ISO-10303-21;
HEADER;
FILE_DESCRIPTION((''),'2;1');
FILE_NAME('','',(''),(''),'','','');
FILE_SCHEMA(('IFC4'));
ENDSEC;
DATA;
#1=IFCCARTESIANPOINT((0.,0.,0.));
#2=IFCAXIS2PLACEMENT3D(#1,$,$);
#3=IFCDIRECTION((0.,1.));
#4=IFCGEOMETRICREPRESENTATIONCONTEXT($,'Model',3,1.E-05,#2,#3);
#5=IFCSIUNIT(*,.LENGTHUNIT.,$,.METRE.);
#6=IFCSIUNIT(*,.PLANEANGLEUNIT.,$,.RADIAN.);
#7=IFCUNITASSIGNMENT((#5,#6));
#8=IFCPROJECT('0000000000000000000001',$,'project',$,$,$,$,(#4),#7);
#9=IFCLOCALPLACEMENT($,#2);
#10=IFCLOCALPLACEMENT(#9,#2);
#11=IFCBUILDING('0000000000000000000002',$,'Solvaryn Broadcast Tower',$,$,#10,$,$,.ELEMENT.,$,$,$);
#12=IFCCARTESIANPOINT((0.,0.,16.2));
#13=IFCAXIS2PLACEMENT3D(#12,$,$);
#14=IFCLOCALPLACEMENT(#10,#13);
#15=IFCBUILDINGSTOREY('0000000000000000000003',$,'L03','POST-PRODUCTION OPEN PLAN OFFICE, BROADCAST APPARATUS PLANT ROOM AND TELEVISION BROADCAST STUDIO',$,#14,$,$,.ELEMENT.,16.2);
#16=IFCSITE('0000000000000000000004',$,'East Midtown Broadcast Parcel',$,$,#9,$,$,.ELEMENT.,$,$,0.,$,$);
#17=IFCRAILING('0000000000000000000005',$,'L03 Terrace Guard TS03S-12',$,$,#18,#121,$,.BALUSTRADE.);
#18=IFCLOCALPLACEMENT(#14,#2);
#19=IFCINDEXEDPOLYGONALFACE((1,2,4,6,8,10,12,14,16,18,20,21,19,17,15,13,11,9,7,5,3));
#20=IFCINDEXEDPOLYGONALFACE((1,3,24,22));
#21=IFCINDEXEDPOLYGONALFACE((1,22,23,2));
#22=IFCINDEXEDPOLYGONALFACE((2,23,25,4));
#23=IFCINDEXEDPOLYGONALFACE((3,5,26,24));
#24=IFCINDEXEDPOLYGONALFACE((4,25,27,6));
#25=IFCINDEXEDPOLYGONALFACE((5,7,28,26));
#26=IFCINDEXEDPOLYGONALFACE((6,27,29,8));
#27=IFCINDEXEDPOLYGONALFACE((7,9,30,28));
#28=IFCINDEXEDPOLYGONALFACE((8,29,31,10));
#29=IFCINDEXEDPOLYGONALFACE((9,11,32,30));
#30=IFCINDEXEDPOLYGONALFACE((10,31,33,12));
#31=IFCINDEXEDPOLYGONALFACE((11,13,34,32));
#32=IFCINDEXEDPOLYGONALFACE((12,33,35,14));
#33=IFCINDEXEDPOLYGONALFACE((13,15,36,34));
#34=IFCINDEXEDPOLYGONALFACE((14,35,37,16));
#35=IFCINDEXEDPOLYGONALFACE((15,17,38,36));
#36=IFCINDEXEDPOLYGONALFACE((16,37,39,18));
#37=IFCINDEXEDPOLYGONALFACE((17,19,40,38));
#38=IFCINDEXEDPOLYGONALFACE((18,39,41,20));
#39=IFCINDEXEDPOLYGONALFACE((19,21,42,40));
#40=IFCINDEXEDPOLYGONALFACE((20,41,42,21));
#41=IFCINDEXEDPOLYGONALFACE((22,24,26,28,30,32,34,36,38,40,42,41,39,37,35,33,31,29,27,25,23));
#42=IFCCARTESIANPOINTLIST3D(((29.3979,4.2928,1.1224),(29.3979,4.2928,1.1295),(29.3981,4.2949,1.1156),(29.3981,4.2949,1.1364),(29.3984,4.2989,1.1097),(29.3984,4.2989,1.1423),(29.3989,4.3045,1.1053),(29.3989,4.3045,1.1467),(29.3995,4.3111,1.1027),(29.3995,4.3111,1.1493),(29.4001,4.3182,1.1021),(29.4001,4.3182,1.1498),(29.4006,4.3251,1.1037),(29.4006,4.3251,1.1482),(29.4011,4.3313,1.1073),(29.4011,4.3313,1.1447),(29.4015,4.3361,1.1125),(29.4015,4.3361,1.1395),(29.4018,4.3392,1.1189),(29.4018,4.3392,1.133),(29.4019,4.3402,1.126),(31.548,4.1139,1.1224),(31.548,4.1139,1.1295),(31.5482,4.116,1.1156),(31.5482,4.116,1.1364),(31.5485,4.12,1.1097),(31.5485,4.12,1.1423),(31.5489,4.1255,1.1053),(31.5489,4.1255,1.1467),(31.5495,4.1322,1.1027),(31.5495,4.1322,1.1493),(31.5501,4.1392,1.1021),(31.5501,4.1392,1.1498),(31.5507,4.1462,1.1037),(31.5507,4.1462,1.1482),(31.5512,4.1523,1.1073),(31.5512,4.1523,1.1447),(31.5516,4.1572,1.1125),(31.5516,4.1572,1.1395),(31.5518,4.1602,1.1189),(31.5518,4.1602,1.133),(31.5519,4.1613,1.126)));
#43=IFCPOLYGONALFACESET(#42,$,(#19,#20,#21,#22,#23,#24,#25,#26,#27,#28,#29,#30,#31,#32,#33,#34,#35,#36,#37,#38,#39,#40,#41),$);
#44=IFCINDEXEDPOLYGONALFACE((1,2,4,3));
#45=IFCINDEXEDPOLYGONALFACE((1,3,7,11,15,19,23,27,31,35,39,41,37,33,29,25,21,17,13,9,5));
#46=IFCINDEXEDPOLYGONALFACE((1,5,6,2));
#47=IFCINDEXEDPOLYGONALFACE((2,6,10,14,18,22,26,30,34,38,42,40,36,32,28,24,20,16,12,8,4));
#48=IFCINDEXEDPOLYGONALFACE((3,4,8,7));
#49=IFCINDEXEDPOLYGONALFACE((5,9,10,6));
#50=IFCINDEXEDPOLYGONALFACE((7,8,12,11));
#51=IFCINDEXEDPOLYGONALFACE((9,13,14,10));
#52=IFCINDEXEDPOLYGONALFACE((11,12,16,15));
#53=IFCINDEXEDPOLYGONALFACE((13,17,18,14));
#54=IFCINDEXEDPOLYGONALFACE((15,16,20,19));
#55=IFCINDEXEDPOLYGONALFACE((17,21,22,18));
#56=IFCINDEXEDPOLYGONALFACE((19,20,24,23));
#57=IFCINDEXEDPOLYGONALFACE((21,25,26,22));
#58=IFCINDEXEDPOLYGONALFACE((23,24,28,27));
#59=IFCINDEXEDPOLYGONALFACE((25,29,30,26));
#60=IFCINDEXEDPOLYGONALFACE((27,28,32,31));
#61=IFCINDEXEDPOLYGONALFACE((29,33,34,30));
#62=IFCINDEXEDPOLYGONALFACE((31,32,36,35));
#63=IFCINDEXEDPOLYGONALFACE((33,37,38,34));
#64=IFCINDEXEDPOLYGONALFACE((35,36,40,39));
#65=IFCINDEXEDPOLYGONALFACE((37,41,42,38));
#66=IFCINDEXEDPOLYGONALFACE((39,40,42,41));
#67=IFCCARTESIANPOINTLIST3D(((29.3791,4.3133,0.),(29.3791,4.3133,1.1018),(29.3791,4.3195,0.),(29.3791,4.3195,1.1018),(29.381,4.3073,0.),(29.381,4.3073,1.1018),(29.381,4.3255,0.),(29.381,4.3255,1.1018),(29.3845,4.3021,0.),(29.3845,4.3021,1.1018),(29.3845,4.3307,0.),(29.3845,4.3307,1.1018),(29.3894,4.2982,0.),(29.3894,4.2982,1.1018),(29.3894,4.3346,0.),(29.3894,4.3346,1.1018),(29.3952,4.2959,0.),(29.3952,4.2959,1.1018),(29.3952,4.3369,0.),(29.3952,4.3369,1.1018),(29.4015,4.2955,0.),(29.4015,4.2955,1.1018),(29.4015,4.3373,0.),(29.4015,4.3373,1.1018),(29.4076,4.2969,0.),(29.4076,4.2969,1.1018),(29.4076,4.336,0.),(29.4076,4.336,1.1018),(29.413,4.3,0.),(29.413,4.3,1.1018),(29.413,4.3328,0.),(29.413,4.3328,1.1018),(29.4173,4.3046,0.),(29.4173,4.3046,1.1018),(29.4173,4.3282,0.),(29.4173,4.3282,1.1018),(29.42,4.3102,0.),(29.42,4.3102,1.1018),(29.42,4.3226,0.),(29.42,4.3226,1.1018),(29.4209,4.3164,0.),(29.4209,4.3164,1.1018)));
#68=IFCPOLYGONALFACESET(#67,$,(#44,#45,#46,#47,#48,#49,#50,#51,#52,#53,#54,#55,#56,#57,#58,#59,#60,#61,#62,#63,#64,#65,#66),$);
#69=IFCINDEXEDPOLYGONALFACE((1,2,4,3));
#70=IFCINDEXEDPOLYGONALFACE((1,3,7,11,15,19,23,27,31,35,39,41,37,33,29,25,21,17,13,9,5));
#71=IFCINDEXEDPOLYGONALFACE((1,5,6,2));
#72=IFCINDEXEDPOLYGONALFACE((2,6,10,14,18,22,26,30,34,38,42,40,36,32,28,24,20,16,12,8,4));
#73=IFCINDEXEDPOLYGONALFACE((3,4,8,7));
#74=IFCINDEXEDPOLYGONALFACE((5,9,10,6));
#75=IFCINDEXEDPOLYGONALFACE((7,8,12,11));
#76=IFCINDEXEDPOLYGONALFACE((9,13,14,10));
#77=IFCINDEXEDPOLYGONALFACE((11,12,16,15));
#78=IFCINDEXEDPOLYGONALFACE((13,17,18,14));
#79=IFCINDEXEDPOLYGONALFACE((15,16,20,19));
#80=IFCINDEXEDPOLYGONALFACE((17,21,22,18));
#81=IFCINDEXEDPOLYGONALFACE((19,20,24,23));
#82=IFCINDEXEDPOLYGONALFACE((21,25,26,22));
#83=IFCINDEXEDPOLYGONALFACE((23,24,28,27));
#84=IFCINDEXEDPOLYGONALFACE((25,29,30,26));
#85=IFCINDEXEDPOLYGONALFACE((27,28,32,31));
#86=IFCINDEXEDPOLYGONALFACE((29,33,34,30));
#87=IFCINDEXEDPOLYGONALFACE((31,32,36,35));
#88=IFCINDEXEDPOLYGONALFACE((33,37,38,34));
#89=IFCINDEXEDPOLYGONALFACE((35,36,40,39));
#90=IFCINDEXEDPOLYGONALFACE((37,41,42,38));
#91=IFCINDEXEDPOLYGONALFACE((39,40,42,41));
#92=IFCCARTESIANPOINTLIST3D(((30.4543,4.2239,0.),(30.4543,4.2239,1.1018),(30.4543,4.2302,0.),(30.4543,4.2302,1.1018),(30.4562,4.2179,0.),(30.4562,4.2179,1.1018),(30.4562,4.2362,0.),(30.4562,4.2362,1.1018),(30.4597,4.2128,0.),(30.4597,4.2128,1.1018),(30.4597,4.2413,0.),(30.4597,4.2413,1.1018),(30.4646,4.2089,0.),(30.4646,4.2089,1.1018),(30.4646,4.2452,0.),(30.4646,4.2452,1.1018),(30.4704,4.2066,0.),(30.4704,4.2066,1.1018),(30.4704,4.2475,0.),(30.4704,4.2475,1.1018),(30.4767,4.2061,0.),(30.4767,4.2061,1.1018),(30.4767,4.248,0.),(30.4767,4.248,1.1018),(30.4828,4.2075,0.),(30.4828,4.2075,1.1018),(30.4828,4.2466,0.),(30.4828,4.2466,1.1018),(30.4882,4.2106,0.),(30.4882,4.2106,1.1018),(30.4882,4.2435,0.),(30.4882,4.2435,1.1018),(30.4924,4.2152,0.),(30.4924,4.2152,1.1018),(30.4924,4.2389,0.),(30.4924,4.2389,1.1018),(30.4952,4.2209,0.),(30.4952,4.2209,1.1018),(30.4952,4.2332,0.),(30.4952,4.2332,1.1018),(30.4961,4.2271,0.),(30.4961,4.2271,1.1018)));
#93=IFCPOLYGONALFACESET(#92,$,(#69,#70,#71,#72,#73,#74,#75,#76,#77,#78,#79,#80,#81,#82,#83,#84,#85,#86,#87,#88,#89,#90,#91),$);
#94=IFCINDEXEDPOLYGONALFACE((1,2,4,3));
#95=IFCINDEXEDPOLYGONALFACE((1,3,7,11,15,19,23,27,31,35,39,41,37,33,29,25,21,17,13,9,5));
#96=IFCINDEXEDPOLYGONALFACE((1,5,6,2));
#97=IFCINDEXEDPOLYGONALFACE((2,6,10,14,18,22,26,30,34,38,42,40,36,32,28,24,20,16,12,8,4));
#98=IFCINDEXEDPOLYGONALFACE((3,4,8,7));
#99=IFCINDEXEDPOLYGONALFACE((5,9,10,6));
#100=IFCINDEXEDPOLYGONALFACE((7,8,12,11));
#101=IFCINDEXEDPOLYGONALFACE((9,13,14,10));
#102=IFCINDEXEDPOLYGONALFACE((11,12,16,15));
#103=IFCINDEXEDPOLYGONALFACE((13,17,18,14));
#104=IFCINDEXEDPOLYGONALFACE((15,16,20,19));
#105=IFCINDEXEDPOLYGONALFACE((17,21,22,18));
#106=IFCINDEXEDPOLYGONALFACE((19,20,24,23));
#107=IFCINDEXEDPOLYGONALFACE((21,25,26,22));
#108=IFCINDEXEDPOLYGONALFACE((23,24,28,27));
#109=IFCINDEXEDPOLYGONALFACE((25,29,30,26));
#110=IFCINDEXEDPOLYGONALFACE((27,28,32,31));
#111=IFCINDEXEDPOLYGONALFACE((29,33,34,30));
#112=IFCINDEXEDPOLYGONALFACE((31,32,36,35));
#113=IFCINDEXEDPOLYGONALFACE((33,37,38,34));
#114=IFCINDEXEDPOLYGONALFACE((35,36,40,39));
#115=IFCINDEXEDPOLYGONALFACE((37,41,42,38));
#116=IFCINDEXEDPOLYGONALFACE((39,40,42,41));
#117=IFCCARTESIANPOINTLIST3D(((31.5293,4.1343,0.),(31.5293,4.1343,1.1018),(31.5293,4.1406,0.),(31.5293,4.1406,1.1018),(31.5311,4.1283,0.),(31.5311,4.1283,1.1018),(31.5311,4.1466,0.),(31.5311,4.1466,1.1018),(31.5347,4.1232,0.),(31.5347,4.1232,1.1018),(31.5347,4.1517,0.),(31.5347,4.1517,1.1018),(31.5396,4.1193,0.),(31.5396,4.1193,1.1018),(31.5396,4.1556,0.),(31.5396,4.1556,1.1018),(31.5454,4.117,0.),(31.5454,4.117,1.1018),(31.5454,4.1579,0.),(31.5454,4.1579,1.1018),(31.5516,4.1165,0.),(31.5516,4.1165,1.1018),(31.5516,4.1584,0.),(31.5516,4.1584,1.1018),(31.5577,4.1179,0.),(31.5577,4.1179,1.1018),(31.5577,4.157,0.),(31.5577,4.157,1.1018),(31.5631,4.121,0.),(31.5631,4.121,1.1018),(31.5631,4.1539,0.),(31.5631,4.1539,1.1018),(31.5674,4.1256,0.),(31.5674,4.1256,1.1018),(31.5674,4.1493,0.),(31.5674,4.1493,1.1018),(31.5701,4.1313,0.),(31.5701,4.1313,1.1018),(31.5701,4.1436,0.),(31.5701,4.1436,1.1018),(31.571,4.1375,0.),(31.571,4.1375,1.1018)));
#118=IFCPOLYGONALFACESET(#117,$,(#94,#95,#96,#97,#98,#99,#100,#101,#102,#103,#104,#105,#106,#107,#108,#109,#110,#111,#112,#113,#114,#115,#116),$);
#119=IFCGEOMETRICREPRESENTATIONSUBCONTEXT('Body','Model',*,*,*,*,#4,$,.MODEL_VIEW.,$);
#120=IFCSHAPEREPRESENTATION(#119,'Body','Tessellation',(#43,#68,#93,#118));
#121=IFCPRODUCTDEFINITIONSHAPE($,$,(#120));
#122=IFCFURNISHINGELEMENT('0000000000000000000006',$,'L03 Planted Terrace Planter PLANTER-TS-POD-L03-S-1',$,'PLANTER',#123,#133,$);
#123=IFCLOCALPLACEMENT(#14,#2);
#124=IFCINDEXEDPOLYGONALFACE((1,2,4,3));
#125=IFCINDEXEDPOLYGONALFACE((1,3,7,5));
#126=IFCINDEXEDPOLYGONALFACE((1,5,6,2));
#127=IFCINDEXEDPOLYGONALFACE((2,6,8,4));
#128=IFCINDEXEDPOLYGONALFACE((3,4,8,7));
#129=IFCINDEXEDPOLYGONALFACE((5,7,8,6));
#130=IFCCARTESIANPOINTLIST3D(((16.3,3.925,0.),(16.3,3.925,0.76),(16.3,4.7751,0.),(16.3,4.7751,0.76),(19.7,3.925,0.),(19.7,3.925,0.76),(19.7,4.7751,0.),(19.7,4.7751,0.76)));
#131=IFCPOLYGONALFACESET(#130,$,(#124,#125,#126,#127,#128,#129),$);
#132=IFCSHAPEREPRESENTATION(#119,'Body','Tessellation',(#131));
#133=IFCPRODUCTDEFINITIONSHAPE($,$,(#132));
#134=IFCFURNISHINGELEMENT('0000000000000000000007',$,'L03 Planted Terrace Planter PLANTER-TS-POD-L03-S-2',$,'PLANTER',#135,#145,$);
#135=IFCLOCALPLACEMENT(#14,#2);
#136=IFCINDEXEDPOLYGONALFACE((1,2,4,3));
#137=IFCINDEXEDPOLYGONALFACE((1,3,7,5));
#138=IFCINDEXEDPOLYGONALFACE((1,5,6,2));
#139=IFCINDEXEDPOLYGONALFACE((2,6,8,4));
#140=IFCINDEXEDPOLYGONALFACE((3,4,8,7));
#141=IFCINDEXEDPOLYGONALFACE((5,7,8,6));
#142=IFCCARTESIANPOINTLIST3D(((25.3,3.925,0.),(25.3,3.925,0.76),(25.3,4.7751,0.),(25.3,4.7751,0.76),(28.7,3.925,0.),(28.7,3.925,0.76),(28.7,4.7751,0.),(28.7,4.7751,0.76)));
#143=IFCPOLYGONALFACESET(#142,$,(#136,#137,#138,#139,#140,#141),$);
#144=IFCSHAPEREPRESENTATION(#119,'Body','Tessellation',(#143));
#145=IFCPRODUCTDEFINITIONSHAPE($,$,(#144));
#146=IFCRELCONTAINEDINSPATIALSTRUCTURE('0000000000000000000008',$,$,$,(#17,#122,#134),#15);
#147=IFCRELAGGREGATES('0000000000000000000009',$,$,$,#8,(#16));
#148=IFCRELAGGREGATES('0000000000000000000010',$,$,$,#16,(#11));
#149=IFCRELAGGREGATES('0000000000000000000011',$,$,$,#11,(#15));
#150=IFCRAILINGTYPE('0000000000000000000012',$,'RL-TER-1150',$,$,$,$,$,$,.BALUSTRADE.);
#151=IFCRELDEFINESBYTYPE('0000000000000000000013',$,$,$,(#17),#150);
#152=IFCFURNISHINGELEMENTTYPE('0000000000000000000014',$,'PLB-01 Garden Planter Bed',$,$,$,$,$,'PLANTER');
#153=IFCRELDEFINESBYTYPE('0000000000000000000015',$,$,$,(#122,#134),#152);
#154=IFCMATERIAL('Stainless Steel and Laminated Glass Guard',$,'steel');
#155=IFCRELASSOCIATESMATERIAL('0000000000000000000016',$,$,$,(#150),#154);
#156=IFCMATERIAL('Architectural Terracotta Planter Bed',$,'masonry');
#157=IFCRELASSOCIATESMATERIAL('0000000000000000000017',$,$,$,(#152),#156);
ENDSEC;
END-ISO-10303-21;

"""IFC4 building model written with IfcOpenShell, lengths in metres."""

from ifc_helpers import new_model, si_unit, direction, frame, origin, origin_2d, place, context, subcontext, project, spatial, rectangle, circle, extrude, material, type_object, element, save


model = new_model("IFC4")

# Units and contexts
model_context = context("Model", 3, precision=1e-05, world=origin(), true_north=direction((0.0, 1.0)))
body_context = subcontext(model_context, "Body", "Model", "MODEL_VIEW")
ifc_project = project(units=[si_unit("LENGTHUNIT", "METRE"), si_unit("PLANEANGLEUNIT", "RADIAN")], contexts=[model_context])

# Site, building, storey
site_placement = place(None, origin())
site = spatial("IfcSite", under=ifc_project, at=site_placement, Name="East Midtown Broadcast Parcel", CompositionType="ELEMENT", RefElevation=0.0)
building_placement = place(site_placement, origin())
building = spatial("IfcBuilding", under=site, at=building_placement, Name="Solvaryn Broadcast Tower", CompositionType="ELEMENT")
storey_placement = place(building_placement, frame((0.0, 0.0, 16.2)))
storey = spatial("IfcBuildingStorey", under=building, at=storey_placement, Name="L03", Description="POST-PRODUCTION OPEN PLAN OFFICE, BROADCAST APPARATUS PLANT ROOM AND TELEVISION BROADCAST STUDIO", CompositionType="ELEMENT", Elevation=16.2)

# Railing
ifc_material_1 = material(Name="Stainless Steel and Laminated Glass Guard", Category="steel")
railing_type = type_object("IfcRailingType", Name="RL-TER-1150", PredefinedType="BALUSTRADE", material=ifc_material_1)
railing_1_placement = place(storey_placement, frame((29.3999, 4.3164, 0.0)))
element("IfcRailing", 1, at=railing_1_placement, inside=storey, type_object=railing_type, Name="L03 Terrace Guard TS03S-12", PredefinedType="BALUSTRADE", context=body_context, shape_type="SweptSolid", body=[
    extrude(circle(Radius=0.0239, at=origin_2d()), frame((0.0, 0.0, 1.126), z_axis=(0.996554, -0.082942, 0.0), x_axis=(0.082942, 0.996554, 0.0)), (0.0, 0.0, 1.0), 2.1575),
    extrude(circle(Radius=0.021, at=origin_2d()), origin(), (0.0, 0.0, 1.0), 1.1018),
    extrude(circle(Radius=0.021, at=origin_2d()), frame((1.0752, -0.0894, 0.0)), (0.0, 0.0, 1.0), 1.1018),
    extrude(circle(Radius=0.021, at=origin_2d()), frame((2.1501, -0.179, 0.0)), (0.0, 0.0, 1.0), 1.1018),
])

# Furnishing elements
ifc_material_2 = material(Name="Architectural Terracotta Planter Bed", Category="masonry")
furnishing_element_type = type_object("IfcFurnishingElementType", Name="PLB-01 Garden Planter Bed", ElementType="PLANTER", material=ifc_material_2)
for number, where, z_axis, x_axis, name in (
    (2, (18.0, 4.3501, 0.0), (0.0, 0.0, 1.0), (1.0, 0.0, 0.0), "L03 Planted Terrace Planter PLANTER-TS-POD-L03-S-1"),
    (3, (27.0, 4.3501, 0.0), (0.0, 0.0, 1.0), (1.0, 0.0, 0.0), "L03 Planted Terrace Planter PLANTER-TS-POD-L03-S-2"),
):
    element("IfcFurnishingElement", number, at=place(storey_placement, frame(where, z_axis=z_axis, x_axis=x_axis)), inside=storey, type_object=furnishing_element_type, Name=name, ObjectType="PLANTER", context=body_context, shape_type="SweptSolid", body=[
        extrude(rectangle(XDim=3.3999, YDim=0.8501, at=origin_2d()), origin(), (0.0, 0.0, 1.0), 0.76),
    ])

save(model, "model.ifc")
